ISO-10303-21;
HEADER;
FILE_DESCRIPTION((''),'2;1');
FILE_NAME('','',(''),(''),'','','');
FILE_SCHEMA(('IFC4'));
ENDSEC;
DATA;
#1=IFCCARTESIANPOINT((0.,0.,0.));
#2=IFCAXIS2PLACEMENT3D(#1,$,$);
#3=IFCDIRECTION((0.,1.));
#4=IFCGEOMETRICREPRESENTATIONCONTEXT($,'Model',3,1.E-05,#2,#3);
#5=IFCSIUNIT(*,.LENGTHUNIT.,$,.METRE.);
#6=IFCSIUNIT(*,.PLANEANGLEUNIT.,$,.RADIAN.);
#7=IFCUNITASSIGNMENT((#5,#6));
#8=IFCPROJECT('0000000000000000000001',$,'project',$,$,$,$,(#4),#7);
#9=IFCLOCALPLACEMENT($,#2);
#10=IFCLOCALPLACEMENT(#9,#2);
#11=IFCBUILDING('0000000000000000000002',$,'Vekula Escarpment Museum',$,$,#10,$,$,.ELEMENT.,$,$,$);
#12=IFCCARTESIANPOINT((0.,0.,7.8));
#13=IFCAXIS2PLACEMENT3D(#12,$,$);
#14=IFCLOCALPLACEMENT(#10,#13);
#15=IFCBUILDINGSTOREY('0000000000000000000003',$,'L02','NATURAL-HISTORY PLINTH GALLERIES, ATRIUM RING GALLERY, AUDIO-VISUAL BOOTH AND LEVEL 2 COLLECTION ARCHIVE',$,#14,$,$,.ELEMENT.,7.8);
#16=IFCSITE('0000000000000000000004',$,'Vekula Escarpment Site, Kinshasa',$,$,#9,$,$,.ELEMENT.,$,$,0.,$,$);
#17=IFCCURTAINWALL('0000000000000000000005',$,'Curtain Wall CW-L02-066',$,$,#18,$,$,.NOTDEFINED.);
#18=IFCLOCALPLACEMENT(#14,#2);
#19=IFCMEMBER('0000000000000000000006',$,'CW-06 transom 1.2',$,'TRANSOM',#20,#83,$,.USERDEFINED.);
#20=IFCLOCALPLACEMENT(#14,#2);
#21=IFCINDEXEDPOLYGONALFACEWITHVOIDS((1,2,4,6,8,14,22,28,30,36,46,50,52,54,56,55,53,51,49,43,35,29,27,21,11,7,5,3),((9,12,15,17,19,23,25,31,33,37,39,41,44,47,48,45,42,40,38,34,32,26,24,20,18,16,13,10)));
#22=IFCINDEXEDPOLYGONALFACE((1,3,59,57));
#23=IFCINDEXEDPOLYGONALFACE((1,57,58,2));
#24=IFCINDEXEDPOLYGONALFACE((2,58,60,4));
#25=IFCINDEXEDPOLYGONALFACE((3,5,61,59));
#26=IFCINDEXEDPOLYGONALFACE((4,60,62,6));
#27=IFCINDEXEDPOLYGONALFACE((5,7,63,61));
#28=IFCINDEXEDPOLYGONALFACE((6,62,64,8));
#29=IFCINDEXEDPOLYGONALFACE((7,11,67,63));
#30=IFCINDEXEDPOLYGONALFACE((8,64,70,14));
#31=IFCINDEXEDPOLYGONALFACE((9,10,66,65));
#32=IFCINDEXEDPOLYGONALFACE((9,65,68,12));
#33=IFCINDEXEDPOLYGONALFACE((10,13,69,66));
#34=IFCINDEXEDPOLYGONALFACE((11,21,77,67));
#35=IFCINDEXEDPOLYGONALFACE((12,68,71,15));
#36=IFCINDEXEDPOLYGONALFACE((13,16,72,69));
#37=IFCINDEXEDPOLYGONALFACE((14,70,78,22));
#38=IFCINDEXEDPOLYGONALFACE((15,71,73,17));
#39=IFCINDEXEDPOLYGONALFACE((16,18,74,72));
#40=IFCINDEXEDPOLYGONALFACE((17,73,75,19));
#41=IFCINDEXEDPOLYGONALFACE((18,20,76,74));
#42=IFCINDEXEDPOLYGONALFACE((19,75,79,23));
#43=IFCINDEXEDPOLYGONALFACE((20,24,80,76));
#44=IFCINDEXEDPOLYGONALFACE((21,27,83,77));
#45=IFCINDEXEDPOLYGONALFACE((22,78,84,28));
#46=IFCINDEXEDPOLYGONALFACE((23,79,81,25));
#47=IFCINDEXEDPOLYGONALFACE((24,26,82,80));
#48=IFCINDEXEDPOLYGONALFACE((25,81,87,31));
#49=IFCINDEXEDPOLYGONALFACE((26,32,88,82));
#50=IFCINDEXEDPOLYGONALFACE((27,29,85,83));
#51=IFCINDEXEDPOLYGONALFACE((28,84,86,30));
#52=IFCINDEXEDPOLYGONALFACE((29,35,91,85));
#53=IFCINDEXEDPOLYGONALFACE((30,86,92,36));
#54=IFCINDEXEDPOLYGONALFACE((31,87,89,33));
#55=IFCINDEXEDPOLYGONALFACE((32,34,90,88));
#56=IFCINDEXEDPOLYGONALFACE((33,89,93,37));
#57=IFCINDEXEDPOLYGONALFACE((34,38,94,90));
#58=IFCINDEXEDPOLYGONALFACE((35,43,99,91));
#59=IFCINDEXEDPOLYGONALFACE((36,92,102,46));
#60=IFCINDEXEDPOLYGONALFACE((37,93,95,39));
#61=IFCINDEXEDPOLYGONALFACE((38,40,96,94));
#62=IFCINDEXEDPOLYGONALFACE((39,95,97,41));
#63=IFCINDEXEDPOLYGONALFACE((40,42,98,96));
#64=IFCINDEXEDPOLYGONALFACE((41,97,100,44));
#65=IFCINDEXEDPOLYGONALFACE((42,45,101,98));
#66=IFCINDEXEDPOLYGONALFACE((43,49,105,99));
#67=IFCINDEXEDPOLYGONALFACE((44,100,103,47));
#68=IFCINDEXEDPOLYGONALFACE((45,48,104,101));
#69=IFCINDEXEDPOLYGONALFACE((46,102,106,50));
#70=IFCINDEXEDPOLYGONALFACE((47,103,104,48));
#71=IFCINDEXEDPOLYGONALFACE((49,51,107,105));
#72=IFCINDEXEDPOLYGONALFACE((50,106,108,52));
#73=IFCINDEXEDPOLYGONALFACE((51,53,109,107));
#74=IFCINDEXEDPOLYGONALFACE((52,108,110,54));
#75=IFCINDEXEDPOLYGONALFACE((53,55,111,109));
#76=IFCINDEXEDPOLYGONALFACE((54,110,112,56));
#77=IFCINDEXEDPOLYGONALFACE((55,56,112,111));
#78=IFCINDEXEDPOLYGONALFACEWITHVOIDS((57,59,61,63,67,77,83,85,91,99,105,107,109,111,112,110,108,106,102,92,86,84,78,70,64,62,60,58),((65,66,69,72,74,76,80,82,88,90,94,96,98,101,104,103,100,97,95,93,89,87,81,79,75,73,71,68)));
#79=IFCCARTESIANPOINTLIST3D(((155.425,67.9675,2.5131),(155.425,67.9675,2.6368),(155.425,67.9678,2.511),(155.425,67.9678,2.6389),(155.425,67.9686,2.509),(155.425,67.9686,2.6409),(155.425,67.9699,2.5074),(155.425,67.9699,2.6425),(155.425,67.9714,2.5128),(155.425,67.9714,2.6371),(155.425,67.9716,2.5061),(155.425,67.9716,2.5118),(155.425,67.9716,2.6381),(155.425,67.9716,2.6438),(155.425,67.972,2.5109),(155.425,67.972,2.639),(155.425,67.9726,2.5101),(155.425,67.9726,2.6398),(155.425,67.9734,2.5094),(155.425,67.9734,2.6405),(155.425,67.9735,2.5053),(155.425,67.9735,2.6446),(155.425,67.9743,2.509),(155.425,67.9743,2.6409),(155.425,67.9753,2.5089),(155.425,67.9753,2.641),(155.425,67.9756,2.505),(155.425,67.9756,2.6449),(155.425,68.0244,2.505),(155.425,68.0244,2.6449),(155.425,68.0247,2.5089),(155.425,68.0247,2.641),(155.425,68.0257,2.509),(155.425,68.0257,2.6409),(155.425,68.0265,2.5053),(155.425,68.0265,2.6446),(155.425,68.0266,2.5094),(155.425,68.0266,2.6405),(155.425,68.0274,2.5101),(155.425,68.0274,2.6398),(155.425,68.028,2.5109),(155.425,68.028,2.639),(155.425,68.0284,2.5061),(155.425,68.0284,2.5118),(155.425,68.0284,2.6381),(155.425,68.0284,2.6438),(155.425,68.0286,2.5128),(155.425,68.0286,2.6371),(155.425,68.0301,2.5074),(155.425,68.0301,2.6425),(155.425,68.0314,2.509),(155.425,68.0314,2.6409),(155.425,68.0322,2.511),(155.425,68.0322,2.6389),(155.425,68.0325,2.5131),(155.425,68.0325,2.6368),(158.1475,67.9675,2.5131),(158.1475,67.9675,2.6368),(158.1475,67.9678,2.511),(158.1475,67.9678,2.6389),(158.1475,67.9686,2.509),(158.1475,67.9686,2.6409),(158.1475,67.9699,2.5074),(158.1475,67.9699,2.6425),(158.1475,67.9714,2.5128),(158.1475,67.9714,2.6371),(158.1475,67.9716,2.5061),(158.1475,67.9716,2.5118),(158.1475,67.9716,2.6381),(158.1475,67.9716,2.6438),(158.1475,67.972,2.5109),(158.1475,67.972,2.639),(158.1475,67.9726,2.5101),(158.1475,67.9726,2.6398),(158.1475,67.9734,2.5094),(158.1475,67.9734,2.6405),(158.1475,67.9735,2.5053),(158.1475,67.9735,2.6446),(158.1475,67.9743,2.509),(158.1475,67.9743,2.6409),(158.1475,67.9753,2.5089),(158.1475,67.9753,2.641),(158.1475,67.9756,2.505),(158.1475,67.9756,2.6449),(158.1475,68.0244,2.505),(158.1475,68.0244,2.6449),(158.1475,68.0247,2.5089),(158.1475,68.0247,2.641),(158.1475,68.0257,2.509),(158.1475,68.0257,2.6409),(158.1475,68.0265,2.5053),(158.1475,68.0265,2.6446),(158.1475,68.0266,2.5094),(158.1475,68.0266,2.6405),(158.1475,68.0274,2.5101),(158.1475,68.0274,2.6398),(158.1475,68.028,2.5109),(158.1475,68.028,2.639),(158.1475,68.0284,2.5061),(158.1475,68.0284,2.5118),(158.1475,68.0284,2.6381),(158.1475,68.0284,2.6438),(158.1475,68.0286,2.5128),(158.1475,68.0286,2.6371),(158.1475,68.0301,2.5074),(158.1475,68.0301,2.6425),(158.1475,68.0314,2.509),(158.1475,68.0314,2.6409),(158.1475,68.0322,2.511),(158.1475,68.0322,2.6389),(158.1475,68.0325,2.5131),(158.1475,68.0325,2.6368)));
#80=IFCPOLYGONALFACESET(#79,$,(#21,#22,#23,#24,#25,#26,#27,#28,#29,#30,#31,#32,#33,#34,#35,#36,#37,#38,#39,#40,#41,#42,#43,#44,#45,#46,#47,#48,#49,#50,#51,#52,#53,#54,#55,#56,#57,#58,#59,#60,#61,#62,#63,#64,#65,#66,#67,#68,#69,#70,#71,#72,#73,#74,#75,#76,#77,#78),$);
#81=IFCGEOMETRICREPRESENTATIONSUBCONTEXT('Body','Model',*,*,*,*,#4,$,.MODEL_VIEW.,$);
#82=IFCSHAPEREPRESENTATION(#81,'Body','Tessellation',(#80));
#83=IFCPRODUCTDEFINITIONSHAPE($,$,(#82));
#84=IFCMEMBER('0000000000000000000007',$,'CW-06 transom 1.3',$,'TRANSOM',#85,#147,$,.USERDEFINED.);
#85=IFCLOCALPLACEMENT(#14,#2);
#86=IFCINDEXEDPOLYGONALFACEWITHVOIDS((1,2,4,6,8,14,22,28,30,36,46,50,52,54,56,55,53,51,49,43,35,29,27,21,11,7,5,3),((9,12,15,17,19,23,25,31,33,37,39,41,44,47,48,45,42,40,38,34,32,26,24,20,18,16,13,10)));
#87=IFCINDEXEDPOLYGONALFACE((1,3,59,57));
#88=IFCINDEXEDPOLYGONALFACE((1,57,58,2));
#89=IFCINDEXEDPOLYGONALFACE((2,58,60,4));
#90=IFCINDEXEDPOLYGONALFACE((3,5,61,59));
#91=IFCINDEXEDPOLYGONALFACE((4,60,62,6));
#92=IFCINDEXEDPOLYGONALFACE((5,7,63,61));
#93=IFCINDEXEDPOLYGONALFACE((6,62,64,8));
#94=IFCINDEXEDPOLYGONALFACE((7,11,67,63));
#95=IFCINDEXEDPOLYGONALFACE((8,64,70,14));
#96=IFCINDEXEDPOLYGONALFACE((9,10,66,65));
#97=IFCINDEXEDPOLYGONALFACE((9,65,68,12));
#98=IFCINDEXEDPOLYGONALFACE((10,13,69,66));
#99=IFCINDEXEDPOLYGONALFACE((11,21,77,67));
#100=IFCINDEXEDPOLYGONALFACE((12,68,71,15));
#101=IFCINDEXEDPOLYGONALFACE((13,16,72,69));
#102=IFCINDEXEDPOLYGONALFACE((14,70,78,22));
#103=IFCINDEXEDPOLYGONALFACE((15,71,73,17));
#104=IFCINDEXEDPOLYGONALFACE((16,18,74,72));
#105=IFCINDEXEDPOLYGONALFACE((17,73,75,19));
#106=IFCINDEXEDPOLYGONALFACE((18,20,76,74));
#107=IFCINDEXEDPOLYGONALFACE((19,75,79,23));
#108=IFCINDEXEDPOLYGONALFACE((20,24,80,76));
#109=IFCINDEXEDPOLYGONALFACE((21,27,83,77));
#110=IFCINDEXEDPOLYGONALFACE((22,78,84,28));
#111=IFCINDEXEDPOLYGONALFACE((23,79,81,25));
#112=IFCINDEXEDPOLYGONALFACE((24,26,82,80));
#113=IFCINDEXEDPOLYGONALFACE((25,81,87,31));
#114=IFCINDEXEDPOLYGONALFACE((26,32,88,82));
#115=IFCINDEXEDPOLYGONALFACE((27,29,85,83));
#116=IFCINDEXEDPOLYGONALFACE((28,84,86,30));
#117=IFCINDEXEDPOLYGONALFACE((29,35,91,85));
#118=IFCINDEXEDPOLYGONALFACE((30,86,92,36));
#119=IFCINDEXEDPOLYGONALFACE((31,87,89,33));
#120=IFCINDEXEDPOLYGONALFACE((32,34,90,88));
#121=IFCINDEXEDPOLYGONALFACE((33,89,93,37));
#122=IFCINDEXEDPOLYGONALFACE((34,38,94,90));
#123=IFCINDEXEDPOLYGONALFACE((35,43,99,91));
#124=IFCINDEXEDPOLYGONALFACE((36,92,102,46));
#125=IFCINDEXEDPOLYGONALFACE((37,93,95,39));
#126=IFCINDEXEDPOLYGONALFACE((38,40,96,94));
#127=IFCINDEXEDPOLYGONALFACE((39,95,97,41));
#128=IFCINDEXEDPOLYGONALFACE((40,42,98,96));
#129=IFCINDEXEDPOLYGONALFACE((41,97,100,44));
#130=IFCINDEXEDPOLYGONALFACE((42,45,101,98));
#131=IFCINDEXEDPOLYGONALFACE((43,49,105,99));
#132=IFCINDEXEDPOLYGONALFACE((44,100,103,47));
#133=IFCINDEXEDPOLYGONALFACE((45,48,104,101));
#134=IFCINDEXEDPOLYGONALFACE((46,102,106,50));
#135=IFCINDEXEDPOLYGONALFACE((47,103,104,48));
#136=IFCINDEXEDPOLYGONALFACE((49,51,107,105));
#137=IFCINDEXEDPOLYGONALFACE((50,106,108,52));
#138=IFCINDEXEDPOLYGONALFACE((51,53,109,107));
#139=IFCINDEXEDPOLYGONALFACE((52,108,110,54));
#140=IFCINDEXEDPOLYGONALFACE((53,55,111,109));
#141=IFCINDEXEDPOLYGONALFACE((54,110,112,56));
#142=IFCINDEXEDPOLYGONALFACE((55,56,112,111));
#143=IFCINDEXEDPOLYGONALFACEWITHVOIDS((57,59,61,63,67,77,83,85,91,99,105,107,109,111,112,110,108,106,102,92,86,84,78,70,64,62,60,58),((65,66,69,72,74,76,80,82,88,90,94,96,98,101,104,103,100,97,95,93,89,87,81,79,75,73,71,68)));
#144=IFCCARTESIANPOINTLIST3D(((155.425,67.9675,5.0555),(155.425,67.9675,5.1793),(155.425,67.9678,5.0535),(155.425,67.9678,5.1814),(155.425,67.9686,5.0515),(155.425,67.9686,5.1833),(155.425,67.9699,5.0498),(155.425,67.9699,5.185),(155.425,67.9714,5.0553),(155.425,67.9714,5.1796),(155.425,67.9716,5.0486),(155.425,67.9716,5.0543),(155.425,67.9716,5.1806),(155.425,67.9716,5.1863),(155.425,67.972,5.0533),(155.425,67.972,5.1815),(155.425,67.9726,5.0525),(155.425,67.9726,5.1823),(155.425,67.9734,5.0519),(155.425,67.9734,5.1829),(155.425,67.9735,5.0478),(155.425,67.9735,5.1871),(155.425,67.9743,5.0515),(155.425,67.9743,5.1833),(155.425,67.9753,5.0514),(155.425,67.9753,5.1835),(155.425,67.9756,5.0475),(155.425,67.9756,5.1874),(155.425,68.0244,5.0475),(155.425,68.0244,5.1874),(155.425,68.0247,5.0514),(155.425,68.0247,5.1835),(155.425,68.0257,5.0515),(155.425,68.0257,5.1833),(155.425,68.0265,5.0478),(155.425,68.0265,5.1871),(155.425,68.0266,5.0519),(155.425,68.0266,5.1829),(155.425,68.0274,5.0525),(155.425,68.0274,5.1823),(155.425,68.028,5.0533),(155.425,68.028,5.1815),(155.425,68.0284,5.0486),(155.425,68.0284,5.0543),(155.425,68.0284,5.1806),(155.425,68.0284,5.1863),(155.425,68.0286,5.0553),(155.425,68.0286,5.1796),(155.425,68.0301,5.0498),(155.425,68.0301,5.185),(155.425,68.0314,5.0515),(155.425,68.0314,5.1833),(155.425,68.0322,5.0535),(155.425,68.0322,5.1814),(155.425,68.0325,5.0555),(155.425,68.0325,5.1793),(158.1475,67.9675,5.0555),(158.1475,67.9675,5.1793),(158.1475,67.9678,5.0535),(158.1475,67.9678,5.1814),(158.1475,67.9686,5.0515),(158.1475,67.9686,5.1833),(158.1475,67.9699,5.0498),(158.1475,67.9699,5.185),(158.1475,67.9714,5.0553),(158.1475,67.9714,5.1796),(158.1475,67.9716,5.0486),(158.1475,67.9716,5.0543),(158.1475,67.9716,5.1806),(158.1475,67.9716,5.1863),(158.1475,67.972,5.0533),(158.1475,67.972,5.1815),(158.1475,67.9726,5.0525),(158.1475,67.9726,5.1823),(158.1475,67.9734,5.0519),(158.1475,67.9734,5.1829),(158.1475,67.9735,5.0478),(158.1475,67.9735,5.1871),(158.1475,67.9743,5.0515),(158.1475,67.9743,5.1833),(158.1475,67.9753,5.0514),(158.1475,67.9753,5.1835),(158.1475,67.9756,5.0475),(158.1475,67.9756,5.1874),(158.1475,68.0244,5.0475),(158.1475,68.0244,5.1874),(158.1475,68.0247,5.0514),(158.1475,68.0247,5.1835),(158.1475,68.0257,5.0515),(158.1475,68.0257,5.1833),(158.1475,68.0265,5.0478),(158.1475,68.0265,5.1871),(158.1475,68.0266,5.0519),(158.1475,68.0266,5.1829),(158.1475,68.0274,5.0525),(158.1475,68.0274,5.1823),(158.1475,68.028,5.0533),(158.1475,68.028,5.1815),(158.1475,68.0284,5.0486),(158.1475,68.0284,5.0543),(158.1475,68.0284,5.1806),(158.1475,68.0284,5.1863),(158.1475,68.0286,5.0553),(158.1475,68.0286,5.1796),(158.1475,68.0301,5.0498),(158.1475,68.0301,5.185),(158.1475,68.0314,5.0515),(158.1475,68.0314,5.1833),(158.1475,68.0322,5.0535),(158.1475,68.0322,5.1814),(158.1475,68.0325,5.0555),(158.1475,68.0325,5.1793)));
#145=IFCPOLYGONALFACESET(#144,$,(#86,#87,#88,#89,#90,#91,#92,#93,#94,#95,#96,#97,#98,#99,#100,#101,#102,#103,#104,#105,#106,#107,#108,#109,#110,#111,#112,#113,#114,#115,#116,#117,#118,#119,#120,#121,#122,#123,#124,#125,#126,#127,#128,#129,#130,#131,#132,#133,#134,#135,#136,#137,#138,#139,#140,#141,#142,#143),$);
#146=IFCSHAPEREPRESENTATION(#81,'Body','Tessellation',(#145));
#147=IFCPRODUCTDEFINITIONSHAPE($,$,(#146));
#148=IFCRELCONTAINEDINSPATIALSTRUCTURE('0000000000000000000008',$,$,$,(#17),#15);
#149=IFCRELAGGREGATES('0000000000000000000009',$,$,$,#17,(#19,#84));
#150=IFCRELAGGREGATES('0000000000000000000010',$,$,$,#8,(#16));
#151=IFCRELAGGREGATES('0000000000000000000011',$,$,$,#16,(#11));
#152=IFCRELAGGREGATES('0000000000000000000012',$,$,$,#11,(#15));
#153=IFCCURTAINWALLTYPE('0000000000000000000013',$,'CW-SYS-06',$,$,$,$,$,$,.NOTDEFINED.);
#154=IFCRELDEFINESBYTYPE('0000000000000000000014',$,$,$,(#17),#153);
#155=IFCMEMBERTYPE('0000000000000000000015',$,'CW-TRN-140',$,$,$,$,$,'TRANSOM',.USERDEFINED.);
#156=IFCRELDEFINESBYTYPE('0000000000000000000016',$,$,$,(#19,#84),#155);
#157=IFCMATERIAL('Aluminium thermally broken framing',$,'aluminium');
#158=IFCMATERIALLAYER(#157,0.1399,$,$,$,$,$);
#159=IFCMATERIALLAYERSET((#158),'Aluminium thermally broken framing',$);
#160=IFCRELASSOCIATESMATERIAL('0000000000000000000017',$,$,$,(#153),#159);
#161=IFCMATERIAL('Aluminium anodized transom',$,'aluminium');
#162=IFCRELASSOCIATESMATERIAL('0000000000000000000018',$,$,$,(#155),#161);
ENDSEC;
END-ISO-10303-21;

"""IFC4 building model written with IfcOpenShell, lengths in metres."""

from ifc_helpers import new_model, si_unit, direction, frame, origin, origin_2d, place, context, subcontext, project, spatial, hollow_rectangle, extrude, material, layer, layer_set, material_profile, profile_set, type_object, element, aggregate, save


model = new_model("IFC4")

# Units and contexts
model_context = context("Model", 3, precision=1e-05, world=origin(), true_north=direction((0.0, 1.0)))
body_context = subcontext(model_context, "Body", "Model", "MODEL_VIEW")
ifc_project = project(units=[si_unit("LENGTHUNIT", "METRE"), si_unit("PLANEANGLEUNIT", "RADIAN")], contexts=[model_context])

# Site, building, storey
site_placement = place(None, origin())
site = spatial("IfcSite", under=ifc_project, at=site_placement, Name="Vekula Escarpment Site, Kinshasa", CompositionType="ELEMENT", RefElevation=0.0)
building_placement = place(site_placement, origin())
building = spatial("IfcBuilding", under=site, at=building_placement, Name="Vekula Escarpment Museum", CompositionType="ELEMENT")
storey_placement = place(building_placement, frame((0.0, 0.0, 7.8)))
storey = spatial("IfcBuildingStorey", under=building, at=storey_placement, Name="L02", Description="NATURAL-HISTORY PLINTH GALLERIES, ATRIUM RING GALLERY, AUDIO-VISUAL BOOTH AND LEVEL 2 COLLECTION ARCHIVE", CompositionType="ELEMENT", Elevation=7.8)

# Curtain wall
ifc_material_1 = material(Name="Aluminium thermally broken framing", Category="aluminium")
ifc_layer_1 = layer(ifc_material_1, 0.1399)
ifc_layer_set_1 = layer_set([ifc_layer_1], Name="Aluminium thermally broken framing")
curtain_wall_type_1 = type_object("IfcCurtainWallType", Name="CW-SYS-06", PredefinedType="NOTDEFINED", material=ifc_layer_set_1)
curtain_wall_1_placement = place(storey_placement, origin())
curtain_wall_1 = element("IfcCurtainWall", 1, at=curtain_wall_1_placement, inside=storey, type_object=curtain_wall_type_1, Name="Curtain Wall CW-L02-066", PredefinedType="NOTDEFINED")

# Members
ifc_material_2 = material(Name="Aluminium anodized transom", Category="aluminium")
ifc_material_profile_1 = material_profile(ifc_material_2, hollow_rectangle(XDim=0.0649, YDim=0.1399, WallThickness=0.0039, InnerFilletRadius=0.0039, OuterFilletRadius=0.0081, at=origin_2d()), Name="ALU 140x65x4")
ifc_profile_set_1 = profile_set([ifc_material_profile_1], Name="Aluminium anodized transom")
member_type_1 = type_object("IfcMemberType", Name="CW-TRN-140", ElementType="TRANSOM", PredefinedType="USERDEFINED", material=ifc_profile_set_1)
member_1_placement = place(storey_placement, frame((155.425, 68.0, 2.575), z_axis=(1.0, 0.0, 0.0), x_axis=(0.0, 1.0, 0.0)))
member_1 = element("IfcMember", 2, at=member_1_placement, type_object=member_type_1, Name="CW-06 transom 1.2", ObjectType="TRANSOM", PredefinedType="USERDEFINED", context=body_context, shape_type="SweptSolid", body=[
    extrude(hollow_rectangle(XDim=0.0649, YDim=0.1399, WallThickness=0.0039, InnerFilletRadius=0.0039, OuterFilletRadius=0.0081, at=origin_2d()), origin(), (0.0, 0.0, 1.0), 2.7224),
])
member_2_placement = place(storey_placement, frame((155.425, 68.0, 5.1174), z_axis=(1.0, 0.0, 0.0), x_axis=(0.0, 1.0, 0.0)))
member_2 = element("IfcMember", 3, at=member_2_placement, type_object=member_type_1, Name="CW-06 transom 1.3", ObjectType="TRANSOM", PredefinedType="USERDEFINED", context=body_context, shape_type="SweptSolid", body=[
    extrude(hollow_rectangle(XDim=0.0649, YDim=0.1399, WallThickness=0.0039, InnerFilletRadius=0.0039, OuterFilletRadius=0.0081, at=origin_2d()), origin(), (0.0, 0.0, 1.0), 2.7224),
])

aggregate(curtain_wall_1, [member_1, member_2])

save(model, "model.ifc")
